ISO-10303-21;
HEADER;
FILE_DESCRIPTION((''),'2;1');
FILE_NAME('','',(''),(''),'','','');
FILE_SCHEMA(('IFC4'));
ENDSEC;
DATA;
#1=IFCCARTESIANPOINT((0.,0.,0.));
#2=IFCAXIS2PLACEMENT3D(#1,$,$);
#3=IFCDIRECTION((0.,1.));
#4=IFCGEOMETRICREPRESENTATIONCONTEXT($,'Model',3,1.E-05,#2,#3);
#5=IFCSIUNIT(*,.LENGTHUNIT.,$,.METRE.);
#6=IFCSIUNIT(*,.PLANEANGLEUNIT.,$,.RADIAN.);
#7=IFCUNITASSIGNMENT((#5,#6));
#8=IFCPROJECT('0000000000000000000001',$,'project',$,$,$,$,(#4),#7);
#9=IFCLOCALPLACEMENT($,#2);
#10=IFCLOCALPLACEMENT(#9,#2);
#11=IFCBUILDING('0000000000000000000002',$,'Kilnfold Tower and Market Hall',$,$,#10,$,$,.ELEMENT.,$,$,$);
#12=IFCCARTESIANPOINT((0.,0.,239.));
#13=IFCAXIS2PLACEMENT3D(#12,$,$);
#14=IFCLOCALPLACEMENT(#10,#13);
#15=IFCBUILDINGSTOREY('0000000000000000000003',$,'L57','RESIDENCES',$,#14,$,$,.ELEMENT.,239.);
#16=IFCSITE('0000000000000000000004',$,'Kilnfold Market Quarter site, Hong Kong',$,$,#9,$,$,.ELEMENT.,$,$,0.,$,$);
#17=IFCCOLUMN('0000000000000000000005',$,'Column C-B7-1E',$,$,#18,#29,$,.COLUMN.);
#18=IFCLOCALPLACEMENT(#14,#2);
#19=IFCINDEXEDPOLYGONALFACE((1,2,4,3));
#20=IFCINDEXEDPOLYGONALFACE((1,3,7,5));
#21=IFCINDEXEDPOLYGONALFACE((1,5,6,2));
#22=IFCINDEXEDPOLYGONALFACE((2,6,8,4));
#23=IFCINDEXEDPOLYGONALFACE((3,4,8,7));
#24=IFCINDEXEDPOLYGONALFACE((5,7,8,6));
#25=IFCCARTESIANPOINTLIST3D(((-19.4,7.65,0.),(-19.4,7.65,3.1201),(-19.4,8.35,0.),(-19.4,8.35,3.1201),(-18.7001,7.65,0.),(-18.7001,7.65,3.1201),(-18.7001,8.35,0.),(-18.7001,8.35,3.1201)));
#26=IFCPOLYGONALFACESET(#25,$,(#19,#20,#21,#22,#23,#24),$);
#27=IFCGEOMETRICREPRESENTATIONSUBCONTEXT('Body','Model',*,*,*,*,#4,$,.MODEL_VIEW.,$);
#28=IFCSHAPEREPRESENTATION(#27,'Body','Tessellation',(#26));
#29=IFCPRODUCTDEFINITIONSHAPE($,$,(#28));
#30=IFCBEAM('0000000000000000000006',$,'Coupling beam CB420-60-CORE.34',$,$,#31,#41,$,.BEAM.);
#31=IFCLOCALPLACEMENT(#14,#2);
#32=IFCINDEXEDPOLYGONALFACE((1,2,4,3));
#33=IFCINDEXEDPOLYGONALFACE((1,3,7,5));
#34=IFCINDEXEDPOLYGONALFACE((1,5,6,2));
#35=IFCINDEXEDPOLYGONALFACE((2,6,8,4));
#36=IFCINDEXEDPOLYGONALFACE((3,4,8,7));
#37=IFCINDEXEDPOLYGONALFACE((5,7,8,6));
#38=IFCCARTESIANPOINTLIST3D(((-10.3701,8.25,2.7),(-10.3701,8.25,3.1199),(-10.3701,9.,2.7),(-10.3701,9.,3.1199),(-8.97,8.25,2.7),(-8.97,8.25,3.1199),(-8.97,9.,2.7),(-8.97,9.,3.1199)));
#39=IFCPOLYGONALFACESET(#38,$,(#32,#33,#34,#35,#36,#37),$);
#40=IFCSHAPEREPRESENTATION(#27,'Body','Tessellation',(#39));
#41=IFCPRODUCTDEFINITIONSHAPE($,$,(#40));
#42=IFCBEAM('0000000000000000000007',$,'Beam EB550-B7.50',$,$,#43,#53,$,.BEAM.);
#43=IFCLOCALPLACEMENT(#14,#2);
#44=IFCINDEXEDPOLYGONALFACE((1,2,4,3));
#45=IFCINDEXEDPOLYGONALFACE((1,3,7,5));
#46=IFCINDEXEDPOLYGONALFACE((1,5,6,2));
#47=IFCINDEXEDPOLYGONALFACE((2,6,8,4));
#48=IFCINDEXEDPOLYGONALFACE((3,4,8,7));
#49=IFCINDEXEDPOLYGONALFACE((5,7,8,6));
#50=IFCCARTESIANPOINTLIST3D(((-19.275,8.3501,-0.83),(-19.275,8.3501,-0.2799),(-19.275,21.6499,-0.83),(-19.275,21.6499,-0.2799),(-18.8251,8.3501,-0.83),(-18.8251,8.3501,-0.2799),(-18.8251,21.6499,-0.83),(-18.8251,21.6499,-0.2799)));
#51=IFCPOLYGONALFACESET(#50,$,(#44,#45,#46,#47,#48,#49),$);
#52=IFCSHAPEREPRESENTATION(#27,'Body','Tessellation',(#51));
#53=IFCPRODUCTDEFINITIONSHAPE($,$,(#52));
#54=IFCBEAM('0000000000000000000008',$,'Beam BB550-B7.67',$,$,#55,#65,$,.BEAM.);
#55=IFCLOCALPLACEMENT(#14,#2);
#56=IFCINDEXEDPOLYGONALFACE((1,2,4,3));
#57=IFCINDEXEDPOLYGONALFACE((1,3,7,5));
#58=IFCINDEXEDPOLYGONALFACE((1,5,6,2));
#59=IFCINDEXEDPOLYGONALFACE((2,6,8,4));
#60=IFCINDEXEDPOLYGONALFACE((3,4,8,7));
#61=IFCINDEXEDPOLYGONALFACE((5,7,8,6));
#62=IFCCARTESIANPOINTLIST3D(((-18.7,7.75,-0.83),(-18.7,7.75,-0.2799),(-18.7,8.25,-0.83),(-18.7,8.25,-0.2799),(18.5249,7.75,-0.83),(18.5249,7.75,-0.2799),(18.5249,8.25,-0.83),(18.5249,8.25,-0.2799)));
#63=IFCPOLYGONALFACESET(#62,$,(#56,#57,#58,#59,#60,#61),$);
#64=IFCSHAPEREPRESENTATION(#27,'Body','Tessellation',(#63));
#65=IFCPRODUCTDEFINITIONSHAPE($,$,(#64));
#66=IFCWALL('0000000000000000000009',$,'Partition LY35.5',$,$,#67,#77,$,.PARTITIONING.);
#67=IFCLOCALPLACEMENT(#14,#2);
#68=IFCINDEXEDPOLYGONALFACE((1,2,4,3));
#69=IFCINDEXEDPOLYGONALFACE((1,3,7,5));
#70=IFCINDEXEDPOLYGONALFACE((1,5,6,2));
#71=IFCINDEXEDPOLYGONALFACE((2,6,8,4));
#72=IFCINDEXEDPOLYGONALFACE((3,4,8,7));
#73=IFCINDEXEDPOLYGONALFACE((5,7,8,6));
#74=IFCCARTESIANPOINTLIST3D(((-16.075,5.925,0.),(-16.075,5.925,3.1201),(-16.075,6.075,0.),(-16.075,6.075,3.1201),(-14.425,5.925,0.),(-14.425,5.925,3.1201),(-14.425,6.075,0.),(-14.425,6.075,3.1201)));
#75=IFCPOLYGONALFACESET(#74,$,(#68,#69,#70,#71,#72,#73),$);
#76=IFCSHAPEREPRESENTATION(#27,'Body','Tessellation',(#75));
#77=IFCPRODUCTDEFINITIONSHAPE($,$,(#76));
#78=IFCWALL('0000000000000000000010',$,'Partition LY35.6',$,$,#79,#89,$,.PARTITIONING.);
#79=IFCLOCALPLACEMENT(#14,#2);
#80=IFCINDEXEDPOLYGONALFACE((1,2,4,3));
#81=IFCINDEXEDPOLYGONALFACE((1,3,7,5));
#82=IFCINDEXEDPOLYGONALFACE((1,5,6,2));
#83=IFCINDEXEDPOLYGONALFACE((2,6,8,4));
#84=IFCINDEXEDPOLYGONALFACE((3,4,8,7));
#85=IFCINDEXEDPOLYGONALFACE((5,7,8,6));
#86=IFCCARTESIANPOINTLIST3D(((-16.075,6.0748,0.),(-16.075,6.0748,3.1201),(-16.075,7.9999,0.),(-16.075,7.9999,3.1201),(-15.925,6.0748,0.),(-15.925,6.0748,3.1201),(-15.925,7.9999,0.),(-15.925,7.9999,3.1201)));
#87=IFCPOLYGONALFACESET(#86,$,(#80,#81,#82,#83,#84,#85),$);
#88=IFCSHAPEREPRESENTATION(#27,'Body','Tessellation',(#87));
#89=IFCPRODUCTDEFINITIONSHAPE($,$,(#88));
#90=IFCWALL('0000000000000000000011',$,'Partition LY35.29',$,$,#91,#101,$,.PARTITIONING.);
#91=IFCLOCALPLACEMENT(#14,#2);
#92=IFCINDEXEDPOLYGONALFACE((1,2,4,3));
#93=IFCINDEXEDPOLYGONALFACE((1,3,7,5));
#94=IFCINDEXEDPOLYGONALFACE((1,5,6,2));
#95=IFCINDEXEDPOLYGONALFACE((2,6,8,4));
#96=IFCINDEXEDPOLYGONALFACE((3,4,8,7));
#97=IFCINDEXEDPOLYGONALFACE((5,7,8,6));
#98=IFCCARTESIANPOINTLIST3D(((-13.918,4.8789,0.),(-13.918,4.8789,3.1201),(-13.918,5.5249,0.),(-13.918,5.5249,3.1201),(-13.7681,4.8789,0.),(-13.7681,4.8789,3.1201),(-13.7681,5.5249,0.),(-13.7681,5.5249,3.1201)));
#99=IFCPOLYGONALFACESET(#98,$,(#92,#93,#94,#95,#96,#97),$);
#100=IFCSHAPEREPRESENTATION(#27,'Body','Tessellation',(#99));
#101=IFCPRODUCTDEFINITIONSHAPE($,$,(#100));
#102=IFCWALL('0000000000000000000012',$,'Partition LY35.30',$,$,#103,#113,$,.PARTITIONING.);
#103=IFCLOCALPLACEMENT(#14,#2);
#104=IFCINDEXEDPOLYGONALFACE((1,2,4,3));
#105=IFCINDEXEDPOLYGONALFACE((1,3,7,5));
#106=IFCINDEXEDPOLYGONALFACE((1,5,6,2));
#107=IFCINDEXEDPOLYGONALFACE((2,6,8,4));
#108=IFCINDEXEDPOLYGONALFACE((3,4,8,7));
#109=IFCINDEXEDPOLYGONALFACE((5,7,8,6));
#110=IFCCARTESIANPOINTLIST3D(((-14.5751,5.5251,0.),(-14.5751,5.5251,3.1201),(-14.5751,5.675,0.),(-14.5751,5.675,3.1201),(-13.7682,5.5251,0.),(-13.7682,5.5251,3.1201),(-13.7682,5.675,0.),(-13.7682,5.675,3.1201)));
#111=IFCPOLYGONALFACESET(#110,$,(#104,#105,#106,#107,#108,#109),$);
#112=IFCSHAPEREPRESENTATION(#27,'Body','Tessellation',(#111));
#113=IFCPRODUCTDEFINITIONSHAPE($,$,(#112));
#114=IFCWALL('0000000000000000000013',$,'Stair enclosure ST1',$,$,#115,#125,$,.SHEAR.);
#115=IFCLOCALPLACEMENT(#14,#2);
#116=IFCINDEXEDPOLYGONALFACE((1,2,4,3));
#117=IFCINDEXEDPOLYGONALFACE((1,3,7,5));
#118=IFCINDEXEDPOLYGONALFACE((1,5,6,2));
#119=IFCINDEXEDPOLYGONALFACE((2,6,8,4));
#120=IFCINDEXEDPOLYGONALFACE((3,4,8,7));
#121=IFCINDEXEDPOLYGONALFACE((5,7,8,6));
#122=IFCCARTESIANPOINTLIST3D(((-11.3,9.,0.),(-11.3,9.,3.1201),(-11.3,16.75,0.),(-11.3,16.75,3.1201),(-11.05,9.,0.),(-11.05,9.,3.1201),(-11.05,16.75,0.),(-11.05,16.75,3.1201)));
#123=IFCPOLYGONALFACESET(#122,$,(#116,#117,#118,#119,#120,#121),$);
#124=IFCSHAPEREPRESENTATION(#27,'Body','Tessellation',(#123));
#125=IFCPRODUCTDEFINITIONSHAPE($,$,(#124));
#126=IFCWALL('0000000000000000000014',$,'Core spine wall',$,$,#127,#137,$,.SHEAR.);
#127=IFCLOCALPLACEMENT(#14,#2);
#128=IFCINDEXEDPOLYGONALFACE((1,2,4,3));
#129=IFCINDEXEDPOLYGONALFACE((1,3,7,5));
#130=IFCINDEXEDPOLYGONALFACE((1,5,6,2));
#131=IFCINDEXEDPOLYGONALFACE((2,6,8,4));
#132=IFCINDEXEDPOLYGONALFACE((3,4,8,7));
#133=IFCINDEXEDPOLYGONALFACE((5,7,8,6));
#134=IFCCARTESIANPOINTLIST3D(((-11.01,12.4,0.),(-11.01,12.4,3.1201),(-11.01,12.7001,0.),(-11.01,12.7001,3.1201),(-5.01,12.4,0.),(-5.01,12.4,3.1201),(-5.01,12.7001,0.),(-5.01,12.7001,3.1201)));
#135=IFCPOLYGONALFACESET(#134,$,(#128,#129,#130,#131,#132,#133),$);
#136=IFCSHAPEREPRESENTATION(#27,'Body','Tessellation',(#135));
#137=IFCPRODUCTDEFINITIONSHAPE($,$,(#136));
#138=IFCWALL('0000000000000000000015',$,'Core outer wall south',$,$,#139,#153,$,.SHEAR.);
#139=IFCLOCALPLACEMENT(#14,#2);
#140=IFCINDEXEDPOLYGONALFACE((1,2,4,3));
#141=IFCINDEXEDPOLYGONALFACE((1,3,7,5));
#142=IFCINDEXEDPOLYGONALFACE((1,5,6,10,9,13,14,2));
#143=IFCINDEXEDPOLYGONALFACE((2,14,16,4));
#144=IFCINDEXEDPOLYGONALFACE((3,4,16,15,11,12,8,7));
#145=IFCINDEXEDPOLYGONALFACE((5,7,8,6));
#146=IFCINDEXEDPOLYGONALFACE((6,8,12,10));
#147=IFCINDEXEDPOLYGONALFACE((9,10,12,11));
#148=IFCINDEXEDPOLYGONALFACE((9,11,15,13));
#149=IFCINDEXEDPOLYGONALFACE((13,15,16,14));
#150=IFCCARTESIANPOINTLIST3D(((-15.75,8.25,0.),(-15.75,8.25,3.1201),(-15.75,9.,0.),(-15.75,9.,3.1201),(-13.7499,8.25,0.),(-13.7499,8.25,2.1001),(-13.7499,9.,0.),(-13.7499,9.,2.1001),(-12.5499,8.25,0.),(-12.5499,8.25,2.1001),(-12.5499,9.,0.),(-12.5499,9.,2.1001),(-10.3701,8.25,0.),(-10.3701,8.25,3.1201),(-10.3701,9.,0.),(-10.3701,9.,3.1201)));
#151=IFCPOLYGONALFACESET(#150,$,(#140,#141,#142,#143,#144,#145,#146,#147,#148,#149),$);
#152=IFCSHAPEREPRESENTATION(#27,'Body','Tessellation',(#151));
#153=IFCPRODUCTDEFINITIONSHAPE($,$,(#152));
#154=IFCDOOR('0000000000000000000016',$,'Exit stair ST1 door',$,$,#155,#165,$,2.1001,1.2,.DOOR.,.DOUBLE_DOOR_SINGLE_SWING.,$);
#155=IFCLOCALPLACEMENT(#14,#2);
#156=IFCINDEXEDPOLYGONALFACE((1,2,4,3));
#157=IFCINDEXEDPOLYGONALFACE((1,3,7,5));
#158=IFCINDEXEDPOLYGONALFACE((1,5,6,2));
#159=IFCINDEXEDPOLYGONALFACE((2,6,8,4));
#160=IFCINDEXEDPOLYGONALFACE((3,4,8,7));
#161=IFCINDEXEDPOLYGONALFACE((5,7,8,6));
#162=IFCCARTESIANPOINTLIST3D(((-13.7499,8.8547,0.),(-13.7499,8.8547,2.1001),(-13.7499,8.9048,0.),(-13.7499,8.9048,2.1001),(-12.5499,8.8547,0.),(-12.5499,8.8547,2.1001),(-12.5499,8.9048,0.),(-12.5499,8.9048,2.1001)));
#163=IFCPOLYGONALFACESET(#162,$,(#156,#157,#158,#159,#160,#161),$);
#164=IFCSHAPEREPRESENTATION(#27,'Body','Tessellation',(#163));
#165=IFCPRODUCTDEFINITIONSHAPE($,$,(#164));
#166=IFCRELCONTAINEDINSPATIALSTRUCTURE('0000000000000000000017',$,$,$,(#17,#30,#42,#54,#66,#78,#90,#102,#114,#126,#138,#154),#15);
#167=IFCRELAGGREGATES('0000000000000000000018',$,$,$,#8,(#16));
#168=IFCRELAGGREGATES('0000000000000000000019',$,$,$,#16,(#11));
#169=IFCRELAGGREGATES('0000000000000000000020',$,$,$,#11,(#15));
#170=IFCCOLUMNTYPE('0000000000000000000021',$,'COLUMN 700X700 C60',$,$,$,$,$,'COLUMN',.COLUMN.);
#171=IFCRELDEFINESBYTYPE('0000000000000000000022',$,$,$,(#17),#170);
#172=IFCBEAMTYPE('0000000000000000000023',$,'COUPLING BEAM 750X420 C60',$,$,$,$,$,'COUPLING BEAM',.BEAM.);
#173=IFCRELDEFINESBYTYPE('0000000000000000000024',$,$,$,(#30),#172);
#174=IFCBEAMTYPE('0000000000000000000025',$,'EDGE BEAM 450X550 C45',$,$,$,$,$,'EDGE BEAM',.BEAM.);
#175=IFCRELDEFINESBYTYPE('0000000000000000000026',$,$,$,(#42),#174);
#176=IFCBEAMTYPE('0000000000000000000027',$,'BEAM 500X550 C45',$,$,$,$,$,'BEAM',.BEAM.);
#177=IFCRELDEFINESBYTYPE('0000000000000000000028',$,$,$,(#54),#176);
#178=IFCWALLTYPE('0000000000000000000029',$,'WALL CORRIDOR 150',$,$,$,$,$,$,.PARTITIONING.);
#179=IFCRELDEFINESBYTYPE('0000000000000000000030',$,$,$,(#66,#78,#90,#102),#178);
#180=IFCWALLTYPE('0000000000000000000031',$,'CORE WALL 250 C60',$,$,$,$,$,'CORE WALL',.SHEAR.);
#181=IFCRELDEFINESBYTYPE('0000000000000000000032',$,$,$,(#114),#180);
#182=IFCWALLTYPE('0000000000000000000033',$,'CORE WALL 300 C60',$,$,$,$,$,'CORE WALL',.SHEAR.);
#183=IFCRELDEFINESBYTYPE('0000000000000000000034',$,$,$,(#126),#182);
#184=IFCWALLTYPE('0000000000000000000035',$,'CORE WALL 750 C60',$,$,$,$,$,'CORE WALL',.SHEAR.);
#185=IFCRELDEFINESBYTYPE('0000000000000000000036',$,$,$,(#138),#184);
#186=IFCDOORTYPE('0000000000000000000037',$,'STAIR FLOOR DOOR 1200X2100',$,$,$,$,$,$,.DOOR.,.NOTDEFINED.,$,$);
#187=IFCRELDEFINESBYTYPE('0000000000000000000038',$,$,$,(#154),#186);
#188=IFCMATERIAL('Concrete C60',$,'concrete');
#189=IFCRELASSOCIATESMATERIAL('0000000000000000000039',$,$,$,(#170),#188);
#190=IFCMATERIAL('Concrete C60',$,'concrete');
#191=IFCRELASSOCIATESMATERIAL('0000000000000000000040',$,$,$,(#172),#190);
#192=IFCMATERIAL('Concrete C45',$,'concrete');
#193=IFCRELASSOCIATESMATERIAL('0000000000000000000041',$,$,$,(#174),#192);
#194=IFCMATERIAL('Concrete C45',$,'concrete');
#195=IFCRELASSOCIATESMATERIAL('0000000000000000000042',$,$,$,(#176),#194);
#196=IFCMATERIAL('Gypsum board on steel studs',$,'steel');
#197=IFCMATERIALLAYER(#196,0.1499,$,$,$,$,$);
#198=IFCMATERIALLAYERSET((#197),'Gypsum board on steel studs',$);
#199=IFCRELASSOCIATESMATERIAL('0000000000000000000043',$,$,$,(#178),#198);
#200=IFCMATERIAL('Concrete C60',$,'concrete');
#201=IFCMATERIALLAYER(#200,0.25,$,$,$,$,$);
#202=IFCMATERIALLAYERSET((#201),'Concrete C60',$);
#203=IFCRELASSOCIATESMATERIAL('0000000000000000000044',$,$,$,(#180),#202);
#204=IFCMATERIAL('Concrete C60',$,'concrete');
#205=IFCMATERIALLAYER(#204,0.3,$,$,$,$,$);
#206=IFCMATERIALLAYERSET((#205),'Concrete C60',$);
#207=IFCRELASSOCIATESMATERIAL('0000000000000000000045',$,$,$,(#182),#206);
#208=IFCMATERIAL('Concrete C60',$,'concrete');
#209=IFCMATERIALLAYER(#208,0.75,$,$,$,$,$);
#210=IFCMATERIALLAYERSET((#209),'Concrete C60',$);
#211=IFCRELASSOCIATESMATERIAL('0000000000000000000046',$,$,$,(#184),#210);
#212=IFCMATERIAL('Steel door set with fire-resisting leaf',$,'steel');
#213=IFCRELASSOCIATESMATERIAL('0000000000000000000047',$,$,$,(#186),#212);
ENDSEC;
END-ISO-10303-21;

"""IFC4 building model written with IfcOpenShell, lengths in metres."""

from ifc_helpers import new_model, si_unit, direction, frame, frame_2d, origin, origin_2d, place, context, subcontext, project, spatial, rectangle, extrude, source, transform, mapped, material, layer, layer_set, material_profile, profile_set, type_object, element, fill, save


model = new_model("IFC4")

# Units and contexts
model_context = context("Model", 3, precision=1e-05, world=origin(), true_north=direction((0.0, 1.0)))
body_context = subcontext(model_context, "Body", "Model", "MODEL_VIEW")
ifc_project = project(units=[si_unit("LENGTHUNIT", "METRE"), si_unit("PLANEANGLEUNIT", "RADIAN")], contexts=[model_context])

# Site, building, storey
site_placement = place(None, origin())
site = spatial("IfcSite", under=ifc_project, at=site_placement, Name="Kilnfold Market Quarter site, Hong Kong", CompositionType="ELEMENT", RefElevation=0.0)
building_placement = place(site_placement, origin())
building = spatial("IfcBuilding", under=site, at=building_placement, Name="Kilnfold Tower and Market Hall", CompositionType="ELEMENT")
storey_placement = place(building_placement, frame((0.0, 0.0, 239.0)))
storey = spatial("IfcBuildingStorey", under=building, at=storey_placement, Name="L57", Description="RESIDENCES", CompositionType="ELEMENT", Elevation=239.0)

# Column
ifc_material_1 = material(Name="Concrete C60", Category="concrete")
ifc_material_profile_1 = material_profile(ifc_material_1, rectangle(XDim=0.7, YDim=0.7, at=origin_2d()), Name="RC 700x700")
ifc_profile_set_1 = profile_set([ifc_material_profile_1], Name="Concrete C60")
column_type = type_object("IfcColumnType", Name="COLUMN 700X700 C60", ElementType="COLUMN", PredefinedType="COLUMN", material=ifc_profile_set_1)
shared_shape_1 = source(origin(), body_context, "Body", "SweptSolid", [
    extrude(rectangle(XDim=0.7, YDim=0.7, at=origin_2d()), origin(), (0.0, 0.0, 1.0), 3.1201),
])
column_placement = place(storey_placement, frame((-19.05, 8.0, 0.0), z_axis=(0.0, 0.0, 1.0), x_axis=(1.0, 0.0, 0.0)))
element("IfcColumn", 1, at=column_placement, inside=storey, type_object=column_type, Name="Column C-B7-1E", PredefinedType="COLUMN", context=body_context, shape_type="MappedRepresentation", body=[
    mapped(shared_shape_1, transform((0.0, 0.0, 0.0))),
])

# Beams
ifc_material_2 = material(Name="Concrete C60", Category="concrete")
ifc_material_profile_2 = material_profile(ifc_material_2, rectangle(XDim=0.75, YDim=0.4199, at=origin_2d()), Name="RC 750x420")
ifc_profile_set_2 = profile_set([ifc_material_profile_2], Name="Concrete C60")
beam_type_1 = type_object("IfcBeamType", Name="COUPLING BEAM 750X420 C60", ElementType="COUPLING BEAM", PredefinedType="BEAM", material=ifc_profile_set_2)
shared_shape_2 = source(origin(), body_context, "Body", "SweptSolid", [
    extrude(rectangle(XDim=0.75, YDim=0.4199, at=origin_2d()), origin(), (0.0, 0.0, 1.0), 1.4001),
])
beam_1_placement = place(storey_placement, frame((-10.3701, 8.625, 2.9099), z_axis=(1.0, 0.0, 0.0), x_axis=(0.0, 1.0, 0.0)))
element("IfcBeam", 2, at=beam_1_placement, inside=storey, type_object=beam_type_1, Name="Coupling beam CB420-60-CORE.34", PredefinedType="BEAM", context=body_context, shape_type="MappedRepresentation", body=[
    mapped(shared_shape_2, transform((0.0, 0.0, 0.0))),
])
ifc_material_3 = material(Name="Concrete C45", Category="concrete")
ifc_material_profile_3 = material_profile(ifc_material_3, rectangle(XDim=0.45, YDim=0.55, at=origin_2d()), Name="RC 450x550")
ifc_profile_set_3 = profile_set([ifc_material_profile_3], Name="Concrete C45")
beam_type_2 = type_object("IfcBeamType", Name="EDGE BEAM 450X550 C45", ElementType="EDGE BEAM", PredefinedType="BEAM", material=ifc_profile_set_3)
shared_shape_3 = source(origin(), body_context, "Body", "SweptSolid", [
    extrude(rectangle(XDim=0.45, YDim=0.55, at=origin_2d()), origin(), (0.0, 0.0, 1.0), 13.2998),
])
beam_2_placement = place(storey_placement, frame((-19.05, 8.3501, -0.5549), z_axis=(0.0, 1.0, 0.0), x_axis=(-1.0, 0.0, 0.0)))
element("IfcBeam", 3, at=beam_2_placement, inside=storey, type_object=beam_type_2, Name="Beam EB550-B7.50", PredefinedType="BEAM", context=body_context, shape_type="MappedRepresentation", body=[
    mapped(shared_shape_3, transform((0.0, 0.0, 0.0))),
])
ifc_material_4 = material(Name="Concrete C45", Category="concrete")
ifc_material_profile_4 = material_profile(ifc_material_4, rectangle(XDim=0.5, YDim=0.55, at=origin_2d()), Name="RC 500x550")
ifc_profile_set_4 = profile_set([ifc_material_profile_4], Name="Concrete C45")
beam_type_3 = type_object("IfcBeamType", Name="BEAM 500X550 C45", ElementType="BEAM", PredefinedType="BEAM", material=ifc_profile_set_4)
shared_shape_4 = source(origin(), body_context, "Body", "SweptSolid", [
    extrude(rectangle(XDim=0.5, YDim=0.55, at=origin_2d()), origin(), (0.0, 0.0, 1.0), 37.2249),
])
beam_3_placement = place(storey_placement, frame((-18.7, 8.0, -0.5549), z_axis=(1.0, 0.0, 0.0), x_axis=(0.0, 1.0, 0.0)))
element("IfcBeam", 4, at=beam_3_placement, inside=storey, type_object=beam_type_3, Name="Beam BB550-B7.67", PredefinedType="BEAM", context=body_context, shape_type="MappedRepresentation", body=[
    mapped(shared_shape_4, transform((0.0, 0.0, 0.0))),
])

# Walls
ifc_material_5 = material(Name="Gypsum board on steel studs", Category="steel")
ifc_layer_1 = layer(ifc_material_5, 0.1499)
ifc_layer_set_1 = layer_set([ifc_layer_1], Name="Gypsum board on steel studs")
wall_type_1 = type_object("IfcWallType", Name="WALL CORRIDOR 150", PredefinedType="PARTITIONING", material=ifc_layer_set_1)
wall_1_placement = place(storey_placement, frame((-16.075, 6.0, 0.0), z_axis=(0.0, 0.0, 1.0), x_axis=(1.0, 0.0, 0.0)))
element("IfcWall", 5, at=wall_1_placement, inside=storey, type_object=wall_type_1, Name="Partition LY35.5", PredefinedType="PARTITIONING", context=body_context, shape_type="SweptSolid", body=[
    extrude(rectangle(XDim=1.6499, YDim=0.1499, at=frame_2d((0.825, 0.0))), origin(), (0.0, 0.0, 1.0), 3.1201),
])
wall_2_placement = place(storey_placement, frame((-16.0, 6.075, 0.0), z_axis=(0.0, 0.0, 1.0), x_axis=(0.0, 1.0, 0.0)))
element("IfcWall", 6, at=wall_2_placement, inside=storey, type_object=wall_type_1, Name="Partition LY35.6", PredefinedType="PARTITIONING", context=body_context, shape_type="SweptSolid", body=[
    extrude(rectangle(XDim=1.925, YDim=0.1499, at=frame_2d((0.9624, 0.0))), origin(), (0.0, 0.0, 1.0), 3.1201),
])
wall_3_placement = place(storey_placement, frame((-13.843, 5.5249, 0.0), z_axis=(0.0, 0.0, 1.0), x_axis=(0.0, -1.0, 0.0)))
element("IfcWall", 7, at=wall_3_placement, inside=storey, type_object=wall_type_1, Name="Partition LY35.29", PredefinedType="PARTITIONING", context=body_context, shape_type="SweptSolid", body=[
    extrude(rectangle(XDim=0.646, YDim=0.1499, at=frame_2d((0.323, 0.0))), origin(), (0.0, 0.0, 1.0), 3.1201),
])
wall_4_placement = place(storey_placement, frame((-14.575, 5.6001, 0.0), z_axis=(0.0, 0.0, 1.0), x_axis=(1.0, 0.0, 0.0)))
element("IfcWall", 8, at=wall_4_placement, inside=storey, type_object=wall_type_1, Name="Partition LY35.30", PredefinedType="PARTITIONING", context=body_context, shape_type="SweptSolid", body=[
    extrude(rectangle(XDim=0.8069, YDim=0.1499, at=frame_2d((0.4033, 0.0))), origin(), (0.0, 0.0, 1.0), 3.1201),
])
ifc_material_6 = material(Name="Concrete C60", Category="concrete")
ifc_layer_2 = layer(ifc_material_6, 0.25)
ifc_layer_set_2 = layer_set([ifc_layer_2], Name="Concrete C60")
wall_type_2 = type_object("IfcWallType", Name="CORE WALL 250 C60", ElementType="CORE WALL", PredefinedType="SHEAR", material=ifc_layer_set_2)
shared_shape_5 = source(origin(), body_context, "Body", "SweptSolid", [
    extrude(rectangle(XDim=7.75, YDim=0.25, at=frame_2d((3.875, 0.0))), origin(), (0.0, 0.0, 1.0), 3.1201),
])
wall_5_placement = place(storey_placement, frame((-11.175, 9.0, 0.0), z_axis=(0.0, 0.0, 1.0), x_axis=(0.0, 1.0, 0.0)))
element("IfcWall", 9, at=wall_5_placement, inside=storey, type_object=wall_type_2, Name="Stair enclosure ST1", PredefinedType="SHEAR", context=body_context, shape_type="MappedRepresentation", body=[
    mapped(shared_shape_5, transform((0.0, 0.0, 0.0))),
])
ifc_material_7 = material(Name="Concrete C60", Category="concrete")
ifc_layer_3 = layer(ifc_material_7, 0.3)
ifc_layer_set_3 = layer_set([ifc_layer_3], Name="Concrete C60")
wall_type_3 = type_object("IfcWallType", Name="CORE WALL 300 C60", ElementType="CORE WALL", PredefinedType="SHEAR", material=ifc_layer_set_3)
shared_shape_6 = source(origin(), body_context, "Body", "SweptSolid", [
    extrude(rectangle(XDim=6.0, YDim=0.3, at=frame_2d((3.0, 0.0))), origin(), (0.0, 0.0, 1.0), 3.1201),
])
wall_6_placement = place(storey_placement, frame((-11.01, 12.55, 0.0), z_axis=(0.0, 0.0, 1.0), x_axis=(1.0, 0.0, 0.0)))
element("IfcWall", 10, at=wall_6_placement, inside=storey, type_object=wall_type_3, Name="Core spine wall", PredefinedType="SHEAR", context=body_context, shape_type="MappedRepresentation", body=[
    mapped(shared_shape_6, transform((0.0, 0.0, 0.0))),
])

# Wall, opening, door
ifc_material_8 = material(Name="Concrete C60", Category="concrete")
ifc_layer_4 = layer(ifc_material_8, 0.75)
ifc_layer_set_4 = layer_set([ifc_layer_4], Name="Concrete C60")
wall_type_4 = type_object("IfcWallType", Name="CORE WALL 750 C60", ElementType="CORE WALL", PredefinedType="SHEAR", material=ifc_layer_set_4)
shared_shape_7 = source(origin(), body_context, "Body", "SweptSolid", [
    extrude(rectangle(XDim=5.3799, YDim=0.75, at=frame_2d((2.6899, 0.0))), origin(), (0.0, 0.0, 1.0), 3.1201),
])
wall_7_placement = place(storey_placement, frame((-15.75, 8.625, 0.0), z_axis=(0.0, 0.0, 1.0), x_axis=(1.0, 0.0, 0.0)))
wall_7 = element("IfcWall", 11, at=wall_7_placement, inside=storey, type_object=wall_type_4, Name="Core outer wall south", PredefinedType="SHEAR", context=body_context, shape_type="MappedRepresentation", body=[
    mapped(shared_shape_7, transform((0.0, 0.0, 0.0))),
])
opening_1_placement = place(wall_7_placement, frame((2.0, 0.0, 0.0)))
opening_1 = element("IfcOpeningElement", 12, at=opening_1_placement, cuts=wall_7, PredefinedType="OPENING", context=body_context, shape_type="SweptSolid", body=[
    extrude(rectangle(XDim=1.2, YDim=2.1001, at=frame_2d((0.6001, 1.05))), frame((0.0, 0.385, 0.0), z_axis=(0.0, -1.0, 0.0), x_axis=(1.0, 0.0, 0.0)), (0.0, 0.0, 1.0), 0.77),
])
ifc_material_9 = material(Name="Steel door set with fire-resisting leaf", Category="steel")
door_type_1 = type_object("IfcDoorType", Name="STAIR FLOOR DOOR 1200X2100", OperationType="NOTDEFINED", PredefinedType="DOOR", material=ifc_material_9)
door_1_placement = place(opening_1_placement, origin())
door_1 = element("IfcDoor", 13, at=door_1_placement, inside=storey, type_object=door_type_1, Name="Exit stair ST1 door", OperationType="DOUBLE_DOOR_SINGLE_SWING", OverallHeight=2.1001, OverallWidth=1.2, PredefinedType="DOOR", context=body_context, shape_type="SweptSolid", body=[
    extrude(rectangle(XDim=1.2, YDim=2.1001, at=frame_2d((0.6001, 1.05))), frame((0.0, 0.2798, 0.0), z_axis=(0.0, -1.0, 0.0), x_axis=(1.0, 0.0, 0.0)), (0.0, 0.0, 1.0), 0.05),
])
fill(opening_1, door_1)

save(model, "model.ifc")
